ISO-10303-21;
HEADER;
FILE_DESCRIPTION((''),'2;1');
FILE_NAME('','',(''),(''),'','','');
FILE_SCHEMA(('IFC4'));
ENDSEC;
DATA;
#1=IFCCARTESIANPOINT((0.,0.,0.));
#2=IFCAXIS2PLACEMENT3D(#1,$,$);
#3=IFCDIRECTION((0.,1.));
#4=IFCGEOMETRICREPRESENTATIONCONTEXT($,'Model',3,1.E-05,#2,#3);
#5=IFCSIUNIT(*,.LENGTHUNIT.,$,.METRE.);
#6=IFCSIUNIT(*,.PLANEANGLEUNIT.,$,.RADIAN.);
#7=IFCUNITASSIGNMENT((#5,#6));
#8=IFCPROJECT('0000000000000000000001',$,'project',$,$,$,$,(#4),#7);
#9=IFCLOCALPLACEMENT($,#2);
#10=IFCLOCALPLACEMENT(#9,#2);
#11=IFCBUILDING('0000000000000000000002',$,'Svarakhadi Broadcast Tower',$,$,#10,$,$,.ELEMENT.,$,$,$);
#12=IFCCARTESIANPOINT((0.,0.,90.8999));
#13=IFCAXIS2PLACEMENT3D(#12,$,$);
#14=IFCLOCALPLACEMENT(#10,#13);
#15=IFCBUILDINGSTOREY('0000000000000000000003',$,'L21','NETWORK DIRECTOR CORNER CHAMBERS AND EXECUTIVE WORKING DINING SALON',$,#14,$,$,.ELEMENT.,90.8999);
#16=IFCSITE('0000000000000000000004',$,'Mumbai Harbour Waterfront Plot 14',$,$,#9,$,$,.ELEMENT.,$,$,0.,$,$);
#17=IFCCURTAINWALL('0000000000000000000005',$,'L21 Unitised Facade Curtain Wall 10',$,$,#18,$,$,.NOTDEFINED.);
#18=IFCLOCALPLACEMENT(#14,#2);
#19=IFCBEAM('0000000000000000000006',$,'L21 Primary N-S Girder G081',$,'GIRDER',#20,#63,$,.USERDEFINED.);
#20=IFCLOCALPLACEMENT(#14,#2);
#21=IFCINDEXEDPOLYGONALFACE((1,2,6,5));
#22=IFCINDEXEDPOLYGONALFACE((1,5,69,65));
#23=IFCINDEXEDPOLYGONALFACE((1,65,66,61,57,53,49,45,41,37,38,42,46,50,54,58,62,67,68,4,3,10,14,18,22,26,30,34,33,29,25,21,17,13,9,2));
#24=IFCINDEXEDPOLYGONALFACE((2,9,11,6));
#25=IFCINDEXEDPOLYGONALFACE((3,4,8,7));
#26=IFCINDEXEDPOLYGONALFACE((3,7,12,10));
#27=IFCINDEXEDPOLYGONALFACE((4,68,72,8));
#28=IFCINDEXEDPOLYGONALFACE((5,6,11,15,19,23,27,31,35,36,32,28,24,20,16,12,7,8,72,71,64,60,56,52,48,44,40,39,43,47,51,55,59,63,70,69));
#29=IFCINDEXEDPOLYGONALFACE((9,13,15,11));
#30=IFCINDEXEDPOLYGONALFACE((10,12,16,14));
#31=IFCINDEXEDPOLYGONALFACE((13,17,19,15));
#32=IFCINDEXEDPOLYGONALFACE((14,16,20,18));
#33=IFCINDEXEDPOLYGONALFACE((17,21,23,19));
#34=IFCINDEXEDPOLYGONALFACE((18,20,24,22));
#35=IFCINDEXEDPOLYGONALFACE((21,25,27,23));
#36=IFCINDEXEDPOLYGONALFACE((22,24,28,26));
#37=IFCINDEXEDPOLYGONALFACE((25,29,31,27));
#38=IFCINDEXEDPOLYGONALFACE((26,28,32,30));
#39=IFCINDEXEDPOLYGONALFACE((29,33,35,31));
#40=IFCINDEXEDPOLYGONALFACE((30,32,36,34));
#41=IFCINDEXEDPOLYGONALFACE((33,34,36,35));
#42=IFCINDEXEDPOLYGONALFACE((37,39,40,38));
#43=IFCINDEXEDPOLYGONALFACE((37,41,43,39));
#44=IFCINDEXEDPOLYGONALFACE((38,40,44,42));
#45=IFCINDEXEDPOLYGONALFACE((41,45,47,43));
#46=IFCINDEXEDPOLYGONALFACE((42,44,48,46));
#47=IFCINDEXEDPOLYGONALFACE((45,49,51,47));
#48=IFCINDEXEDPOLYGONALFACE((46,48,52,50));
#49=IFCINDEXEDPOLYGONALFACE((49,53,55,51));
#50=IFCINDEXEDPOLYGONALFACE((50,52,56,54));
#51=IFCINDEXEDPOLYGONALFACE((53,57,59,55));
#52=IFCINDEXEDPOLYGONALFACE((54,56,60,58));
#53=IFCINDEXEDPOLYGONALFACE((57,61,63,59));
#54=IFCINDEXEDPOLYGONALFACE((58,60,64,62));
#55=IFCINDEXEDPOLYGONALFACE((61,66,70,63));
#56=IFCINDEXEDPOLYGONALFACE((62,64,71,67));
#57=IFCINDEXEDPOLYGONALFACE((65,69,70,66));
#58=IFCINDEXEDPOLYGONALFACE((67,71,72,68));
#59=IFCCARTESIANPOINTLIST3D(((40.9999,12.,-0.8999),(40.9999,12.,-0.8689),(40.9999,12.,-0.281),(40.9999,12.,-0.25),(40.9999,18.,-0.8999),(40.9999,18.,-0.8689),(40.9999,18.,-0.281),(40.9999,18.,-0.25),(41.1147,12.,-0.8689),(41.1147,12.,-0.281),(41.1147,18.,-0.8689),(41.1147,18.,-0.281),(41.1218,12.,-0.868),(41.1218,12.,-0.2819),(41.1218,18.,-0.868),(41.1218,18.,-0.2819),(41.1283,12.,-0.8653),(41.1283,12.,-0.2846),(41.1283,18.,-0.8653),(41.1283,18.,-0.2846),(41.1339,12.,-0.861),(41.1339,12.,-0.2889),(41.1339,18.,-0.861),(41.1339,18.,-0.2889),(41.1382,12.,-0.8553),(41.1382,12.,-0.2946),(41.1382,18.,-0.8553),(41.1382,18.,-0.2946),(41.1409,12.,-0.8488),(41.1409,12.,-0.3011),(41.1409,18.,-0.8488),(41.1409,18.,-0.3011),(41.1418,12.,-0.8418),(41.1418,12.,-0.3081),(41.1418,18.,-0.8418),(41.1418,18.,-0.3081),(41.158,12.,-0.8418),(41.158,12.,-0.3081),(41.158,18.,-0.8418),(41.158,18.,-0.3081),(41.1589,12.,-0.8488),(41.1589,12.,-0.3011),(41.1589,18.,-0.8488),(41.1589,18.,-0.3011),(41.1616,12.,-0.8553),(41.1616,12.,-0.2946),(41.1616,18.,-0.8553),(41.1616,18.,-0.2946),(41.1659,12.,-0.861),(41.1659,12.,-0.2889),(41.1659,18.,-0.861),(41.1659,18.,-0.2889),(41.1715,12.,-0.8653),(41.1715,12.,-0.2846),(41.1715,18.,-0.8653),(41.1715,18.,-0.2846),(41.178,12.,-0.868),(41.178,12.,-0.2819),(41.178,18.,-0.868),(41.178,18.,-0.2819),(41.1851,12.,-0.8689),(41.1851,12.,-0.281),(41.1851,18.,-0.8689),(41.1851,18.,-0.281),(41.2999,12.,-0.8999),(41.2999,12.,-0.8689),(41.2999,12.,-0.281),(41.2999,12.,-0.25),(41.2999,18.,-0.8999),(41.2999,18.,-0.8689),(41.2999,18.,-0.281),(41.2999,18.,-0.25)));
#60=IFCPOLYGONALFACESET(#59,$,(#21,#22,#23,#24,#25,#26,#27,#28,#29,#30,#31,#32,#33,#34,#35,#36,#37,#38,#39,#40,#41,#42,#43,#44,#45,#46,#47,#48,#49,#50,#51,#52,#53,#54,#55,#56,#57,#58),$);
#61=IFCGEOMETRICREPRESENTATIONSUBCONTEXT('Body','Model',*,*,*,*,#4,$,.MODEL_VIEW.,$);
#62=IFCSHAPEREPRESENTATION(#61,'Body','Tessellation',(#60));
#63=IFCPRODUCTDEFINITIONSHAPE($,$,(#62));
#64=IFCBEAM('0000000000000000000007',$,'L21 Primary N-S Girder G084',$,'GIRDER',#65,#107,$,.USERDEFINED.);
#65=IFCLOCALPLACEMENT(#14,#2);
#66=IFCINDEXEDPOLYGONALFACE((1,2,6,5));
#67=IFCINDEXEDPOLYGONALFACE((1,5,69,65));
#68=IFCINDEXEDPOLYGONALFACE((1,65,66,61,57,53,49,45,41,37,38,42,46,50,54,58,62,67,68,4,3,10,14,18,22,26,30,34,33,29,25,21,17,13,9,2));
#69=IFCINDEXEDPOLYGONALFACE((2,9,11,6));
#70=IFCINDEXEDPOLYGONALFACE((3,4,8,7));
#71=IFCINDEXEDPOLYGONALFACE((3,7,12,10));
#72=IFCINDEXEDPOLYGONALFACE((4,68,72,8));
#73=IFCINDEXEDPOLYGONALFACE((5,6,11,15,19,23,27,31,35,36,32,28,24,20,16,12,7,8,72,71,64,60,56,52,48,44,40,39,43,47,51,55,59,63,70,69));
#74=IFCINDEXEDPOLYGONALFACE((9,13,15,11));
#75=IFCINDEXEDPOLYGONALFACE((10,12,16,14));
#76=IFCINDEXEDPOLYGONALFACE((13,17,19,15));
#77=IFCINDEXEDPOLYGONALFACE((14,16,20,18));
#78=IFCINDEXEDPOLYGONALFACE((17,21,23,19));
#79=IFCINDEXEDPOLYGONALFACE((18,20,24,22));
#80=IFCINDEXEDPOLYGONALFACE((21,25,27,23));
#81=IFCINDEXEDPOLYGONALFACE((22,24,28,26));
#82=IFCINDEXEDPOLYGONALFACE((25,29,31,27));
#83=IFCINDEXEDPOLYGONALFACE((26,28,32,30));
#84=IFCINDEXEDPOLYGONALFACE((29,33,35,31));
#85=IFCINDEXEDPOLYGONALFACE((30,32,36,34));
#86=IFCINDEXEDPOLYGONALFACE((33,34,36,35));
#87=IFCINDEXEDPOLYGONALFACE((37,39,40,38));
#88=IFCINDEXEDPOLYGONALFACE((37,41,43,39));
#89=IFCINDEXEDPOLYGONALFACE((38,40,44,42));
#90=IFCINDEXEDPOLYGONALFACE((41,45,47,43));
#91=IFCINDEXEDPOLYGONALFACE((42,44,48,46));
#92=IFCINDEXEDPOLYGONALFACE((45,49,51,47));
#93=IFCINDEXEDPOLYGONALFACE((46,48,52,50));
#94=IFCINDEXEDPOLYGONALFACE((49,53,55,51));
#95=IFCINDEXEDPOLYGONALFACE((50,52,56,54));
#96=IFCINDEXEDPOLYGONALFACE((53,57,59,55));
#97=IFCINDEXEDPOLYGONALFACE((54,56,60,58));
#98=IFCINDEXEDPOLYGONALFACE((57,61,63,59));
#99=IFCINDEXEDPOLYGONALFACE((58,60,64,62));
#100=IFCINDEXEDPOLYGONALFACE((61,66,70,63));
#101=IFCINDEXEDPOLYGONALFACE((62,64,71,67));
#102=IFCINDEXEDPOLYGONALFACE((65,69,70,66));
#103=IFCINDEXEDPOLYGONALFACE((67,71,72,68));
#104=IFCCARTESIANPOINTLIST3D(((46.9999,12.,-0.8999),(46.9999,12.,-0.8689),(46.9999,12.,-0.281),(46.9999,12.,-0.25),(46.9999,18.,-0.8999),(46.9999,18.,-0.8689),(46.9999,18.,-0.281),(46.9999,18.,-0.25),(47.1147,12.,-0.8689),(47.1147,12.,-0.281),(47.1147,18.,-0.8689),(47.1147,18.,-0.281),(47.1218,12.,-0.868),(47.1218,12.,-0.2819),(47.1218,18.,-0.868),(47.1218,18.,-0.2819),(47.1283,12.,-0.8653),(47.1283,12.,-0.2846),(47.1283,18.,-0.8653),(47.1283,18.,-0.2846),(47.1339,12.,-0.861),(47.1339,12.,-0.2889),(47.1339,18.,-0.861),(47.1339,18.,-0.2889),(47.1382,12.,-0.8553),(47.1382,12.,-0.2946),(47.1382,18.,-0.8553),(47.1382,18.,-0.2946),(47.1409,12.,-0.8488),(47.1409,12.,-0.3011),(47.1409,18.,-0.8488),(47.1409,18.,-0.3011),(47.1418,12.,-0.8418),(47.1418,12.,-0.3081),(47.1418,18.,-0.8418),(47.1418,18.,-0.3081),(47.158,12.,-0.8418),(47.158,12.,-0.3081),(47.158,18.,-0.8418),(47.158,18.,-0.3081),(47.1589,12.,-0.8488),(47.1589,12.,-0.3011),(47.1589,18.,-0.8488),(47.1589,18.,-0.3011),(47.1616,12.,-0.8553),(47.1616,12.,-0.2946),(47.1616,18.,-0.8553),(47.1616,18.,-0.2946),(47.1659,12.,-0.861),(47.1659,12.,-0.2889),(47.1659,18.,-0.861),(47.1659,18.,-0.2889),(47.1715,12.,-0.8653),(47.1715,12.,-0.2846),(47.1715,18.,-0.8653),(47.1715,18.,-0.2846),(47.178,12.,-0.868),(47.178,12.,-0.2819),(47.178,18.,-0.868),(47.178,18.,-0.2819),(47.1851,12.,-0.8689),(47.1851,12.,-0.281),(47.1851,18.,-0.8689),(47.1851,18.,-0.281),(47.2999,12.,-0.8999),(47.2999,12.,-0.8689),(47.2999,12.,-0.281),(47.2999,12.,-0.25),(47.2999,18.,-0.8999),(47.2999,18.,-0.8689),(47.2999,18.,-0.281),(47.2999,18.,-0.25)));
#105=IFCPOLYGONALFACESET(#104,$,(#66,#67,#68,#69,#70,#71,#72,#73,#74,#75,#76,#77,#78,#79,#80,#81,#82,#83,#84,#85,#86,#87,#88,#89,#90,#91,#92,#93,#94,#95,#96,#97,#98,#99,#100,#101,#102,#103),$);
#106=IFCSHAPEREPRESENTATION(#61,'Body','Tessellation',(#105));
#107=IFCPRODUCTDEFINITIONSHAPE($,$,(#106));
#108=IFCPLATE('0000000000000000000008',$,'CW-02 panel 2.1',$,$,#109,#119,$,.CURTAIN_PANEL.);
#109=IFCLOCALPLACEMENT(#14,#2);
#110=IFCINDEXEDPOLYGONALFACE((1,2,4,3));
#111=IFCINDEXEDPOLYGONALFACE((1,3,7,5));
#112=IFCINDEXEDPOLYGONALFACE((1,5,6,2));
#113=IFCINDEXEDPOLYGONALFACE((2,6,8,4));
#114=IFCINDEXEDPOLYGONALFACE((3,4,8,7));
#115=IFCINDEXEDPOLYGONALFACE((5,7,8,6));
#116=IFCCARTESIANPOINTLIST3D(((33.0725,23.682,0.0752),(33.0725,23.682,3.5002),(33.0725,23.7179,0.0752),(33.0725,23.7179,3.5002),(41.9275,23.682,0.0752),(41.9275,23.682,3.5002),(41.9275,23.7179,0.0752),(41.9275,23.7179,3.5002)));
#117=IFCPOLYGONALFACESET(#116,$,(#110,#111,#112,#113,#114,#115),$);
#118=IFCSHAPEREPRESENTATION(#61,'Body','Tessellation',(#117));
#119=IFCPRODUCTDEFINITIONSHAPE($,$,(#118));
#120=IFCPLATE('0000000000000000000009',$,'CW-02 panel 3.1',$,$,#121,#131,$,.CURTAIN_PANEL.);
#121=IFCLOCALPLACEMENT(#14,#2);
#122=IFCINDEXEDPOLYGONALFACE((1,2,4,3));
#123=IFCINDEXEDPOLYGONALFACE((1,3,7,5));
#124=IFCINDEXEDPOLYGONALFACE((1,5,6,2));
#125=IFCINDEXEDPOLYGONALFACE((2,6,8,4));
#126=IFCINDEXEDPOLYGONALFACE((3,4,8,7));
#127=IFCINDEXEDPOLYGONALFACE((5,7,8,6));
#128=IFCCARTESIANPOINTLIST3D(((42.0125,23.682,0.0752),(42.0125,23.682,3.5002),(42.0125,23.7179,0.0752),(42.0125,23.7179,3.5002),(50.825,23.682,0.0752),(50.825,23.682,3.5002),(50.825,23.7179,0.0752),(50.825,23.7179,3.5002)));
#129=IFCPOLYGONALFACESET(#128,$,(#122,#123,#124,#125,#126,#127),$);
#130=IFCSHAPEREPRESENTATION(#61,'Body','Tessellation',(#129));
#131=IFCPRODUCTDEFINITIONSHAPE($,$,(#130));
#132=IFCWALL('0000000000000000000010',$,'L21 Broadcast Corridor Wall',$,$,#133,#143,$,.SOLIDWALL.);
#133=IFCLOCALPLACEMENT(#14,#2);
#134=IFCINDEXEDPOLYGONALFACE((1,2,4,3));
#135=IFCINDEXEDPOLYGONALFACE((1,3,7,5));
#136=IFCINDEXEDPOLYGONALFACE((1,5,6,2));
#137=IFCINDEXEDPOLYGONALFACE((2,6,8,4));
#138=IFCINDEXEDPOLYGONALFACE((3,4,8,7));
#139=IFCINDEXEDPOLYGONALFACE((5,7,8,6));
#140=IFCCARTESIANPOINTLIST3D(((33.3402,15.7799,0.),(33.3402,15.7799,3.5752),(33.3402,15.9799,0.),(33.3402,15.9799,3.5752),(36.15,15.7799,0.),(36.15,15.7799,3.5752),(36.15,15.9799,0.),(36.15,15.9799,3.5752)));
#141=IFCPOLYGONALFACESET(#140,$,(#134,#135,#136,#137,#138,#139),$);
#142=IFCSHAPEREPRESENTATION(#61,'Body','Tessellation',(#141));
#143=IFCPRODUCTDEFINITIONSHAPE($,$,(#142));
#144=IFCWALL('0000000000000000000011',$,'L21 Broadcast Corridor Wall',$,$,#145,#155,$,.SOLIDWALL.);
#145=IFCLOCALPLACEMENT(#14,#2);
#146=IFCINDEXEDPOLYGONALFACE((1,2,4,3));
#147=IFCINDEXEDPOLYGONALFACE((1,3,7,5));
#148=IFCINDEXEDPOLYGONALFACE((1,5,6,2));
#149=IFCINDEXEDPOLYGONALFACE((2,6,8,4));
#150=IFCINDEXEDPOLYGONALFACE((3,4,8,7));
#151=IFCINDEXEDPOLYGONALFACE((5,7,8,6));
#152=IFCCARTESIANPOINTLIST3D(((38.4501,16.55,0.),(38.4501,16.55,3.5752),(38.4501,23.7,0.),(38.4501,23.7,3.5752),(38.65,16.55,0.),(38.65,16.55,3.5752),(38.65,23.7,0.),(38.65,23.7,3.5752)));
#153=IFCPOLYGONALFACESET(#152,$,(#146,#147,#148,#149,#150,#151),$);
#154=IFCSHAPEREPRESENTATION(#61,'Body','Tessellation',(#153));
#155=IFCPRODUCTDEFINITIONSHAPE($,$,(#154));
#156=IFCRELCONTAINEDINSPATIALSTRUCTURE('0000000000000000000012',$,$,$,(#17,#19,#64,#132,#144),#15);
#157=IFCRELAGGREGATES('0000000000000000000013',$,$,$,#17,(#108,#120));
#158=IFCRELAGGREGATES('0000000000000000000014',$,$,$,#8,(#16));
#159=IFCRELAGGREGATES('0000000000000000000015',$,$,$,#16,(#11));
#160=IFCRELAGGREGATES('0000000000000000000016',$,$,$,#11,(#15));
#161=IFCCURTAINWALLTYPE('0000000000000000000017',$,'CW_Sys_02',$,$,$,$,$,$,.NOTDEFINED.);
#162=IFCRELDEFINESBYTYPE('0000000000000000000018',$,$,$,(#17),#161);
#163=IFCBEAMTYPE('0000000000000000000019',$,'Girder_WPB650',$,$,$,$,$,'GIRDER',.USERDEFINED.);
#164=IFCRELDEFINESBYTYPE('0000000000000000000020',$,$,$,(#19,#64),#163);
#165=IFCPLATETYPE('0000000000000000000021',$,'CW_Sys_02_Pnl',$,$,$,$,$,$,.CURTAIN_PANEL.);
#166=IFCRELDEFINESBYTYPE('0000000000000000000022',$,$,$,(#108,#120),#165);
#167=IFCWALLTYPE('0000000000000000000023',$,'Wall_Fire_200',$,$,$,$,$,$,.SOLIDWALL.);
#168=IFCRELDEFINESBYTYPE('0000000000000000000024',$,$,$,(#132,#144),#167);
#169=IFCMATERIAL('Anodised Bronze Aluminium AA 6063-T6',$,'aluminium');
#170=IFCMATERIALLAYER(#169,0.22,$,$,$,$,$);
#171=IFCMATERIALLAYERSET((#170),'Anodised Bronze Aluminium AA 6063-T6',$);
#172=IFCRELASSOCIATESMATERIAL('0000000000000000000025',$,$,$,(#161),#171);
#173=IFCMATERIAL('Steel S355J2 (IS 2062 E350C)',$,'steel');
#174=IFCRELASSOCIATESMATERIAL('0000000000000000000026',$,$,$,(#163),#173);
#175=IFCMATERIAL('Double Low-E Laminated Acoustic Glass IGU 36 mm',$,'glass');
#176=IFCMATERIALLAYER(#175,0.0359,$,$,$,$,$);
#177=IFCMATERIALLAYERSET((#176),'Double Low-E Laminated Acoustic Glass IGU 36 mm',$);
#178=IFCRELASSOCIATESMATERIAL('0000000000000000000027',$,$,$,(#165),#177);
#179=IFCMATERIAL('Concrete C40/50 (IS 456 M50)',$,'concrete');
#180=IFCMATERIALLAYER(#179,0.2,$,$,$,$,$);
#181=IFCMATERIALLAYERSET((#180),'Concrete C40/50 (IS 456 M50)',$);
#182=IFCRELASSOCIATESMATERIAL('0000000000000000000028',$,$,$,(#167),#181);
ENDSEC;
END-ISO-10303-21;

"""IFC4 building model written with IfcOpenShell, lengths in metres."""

from ifc_helpers import new_model, si_unit, direction, frame, frame_2d, origin, origin_2d, place, context, subcontext, project, spatial, rectangle, i_section, extrude, material, layer, layer_set, material_profile, profile_set, type_object, element, aggregate, save


model = new_model("IFC4")

# Units and contexts
model_context = context("Model", 3, precision=1e-05, world=origin(), true_north=direction((0.0, 1.0)))
body_context = subcontext(model_context, "Body", "Model", "MODEL_VIEW")
ifc_project = project(units=[si_unit("LENGTHUNIT", "METRE"), si_unit("PLANEANGLEUNIT", "RADIAN")], contexts=[model_context])

# Site, building, storey
site_placement = place(None, origin())
site = spatial("IfcSite", under=ifc_project, at=site_placement, Name="Mumbai Harbour Waterfront Plot 14", CompositionType="ELEMENT", RefElevation=0.0)
building_placement = place(site_placement, origin())
building = spatial("IfcBuilding", under=site, at=building_placement, Name="Svarakhadi Broadcast Tower", CompositionType="ELEMENT")
storey_placement = place(building_placement, frame((0.0, 0.0, 90.8999)))
storey = spatial("IfcBuildingStorey", under=building, at=storey_placement, Name="L21", Description="NETWORK DIRECTOR CORNER CHAMBERS AND EXECUTIVE WORKING DINING SALON", CompositionType="ELEMENT", Elevation=90.8999)

# Shared definitions
ifc_material_1 = material(Name="Steel S355J2 (IS 2062 E350C)", Category="steel")

# Curtain wall
ifc_material_2 = material(Name="Anodised Bronze Aluminium AA 6063-T6", Category="aluminium")
ifc_layer_1 = layer(ifc_material_2, 0.22)
ifc_layer_set_1 = layer_set([ifc_layer_1], Name="Anodised Bronze Aluminium AA 6063-T6")
curtain_wall_type = type_object("IfcCurtainWallType", Name="CW_Sys_02", PredefinedType="NOTDEFINED", material=ifc_layer_set_1)
curtain_wall_1_placement = place(storey_placement, origin())
curtain_wall_1 = element("IfcCurtainWall", 1, at=curtain_wall_1_placement, inside=storey, type_object=curtain_wall_type, Name="L21 Unitised Facade Curtain Wall 10", PredefinedType="NOTDEFINED")

# Beams
ifc_material_profile_1 = material_profile(ifc_material_1, i_section(OverallWidth=0.3, OverallDepth=0.6499, WebThickness=0.0161, FlangeThickness=0.031, FilletRadius=0.0271, at=origin_2d()), Name="WPB 650x300x225")
ifc_profile_set_1 = profile_set([ifc_material_profile_1], Name="Steel S355J2 (IS 2062 E350C)")
beam_type_1 = type_object("IfcBeamType", Name="Girder_WPB650", ElementType="GIRDER", PredefinedType="USERDEFINED", material=ifc_profile_set_1)
for number, where, z_axis, x_axis, name in (
    (2, (41.1499, 12.0, -0.575), (0.0, 1.0, 0.0), (-1.0, 0.0, 0.0), "L21 Primary N-S Girder G081"),
    (3, (47.1499, 12.0, -0.575), (0.0, 1.0, 0.0), (-1.0, 0.0, 0.0), "L21 Primary N-S Girder G084"),
):
    element("IfcBeam", number, at=place(storey_placement, frame(where, z_axis=z_axis, x_axis=x_axis)), inside=storey, type_object=beam_type_1, Name=name, ObjectType="GIRDER", PredefinedType="USERDEFINED", context=body_context, shape_type="SweptSolid", body=[
        extrude(i_section(OverallWidth=0.3, OverallDepth=0.6499, WebThickness=0.0161, FlangeThickness=0.031, FilletRadius=0.0271, at=origin_2d()), origin(), (0.0, 0.0, 1.0), 6.0),
    ])

# Plates
ifc_material_3 = material(Name="Double Low-E Laminated Acoustic Glass IGU 36 mm", Category="glass")
ifc_layer_2 = layer(ifc_material_3, 0.0359)
ifc_layer_set_2 = layer_set([ifc_layer_2], Name="Double Low-E Laminated Acoustic Glass IGU 36 mm")
plate_type = type_object("IfcPlateType", Name="CW_Sys_02_Pnl", PredefinedType="CURTAIN_PANEL", material=ifc_layer_set_2)
plate_1_placement = place(storey_placement, frame((37.5, 23.7, 0.0752), z_axis=(0.0, 0.0, 1.0), x_axis=(1.0, 0.0, 0.0)))
plate_1 = element("IfcPlate", 4, at=plate_1_placement, type_object=plate_type, Name="CW-02 panel 2.1", PredefinedType="CURTAIN_PANEL", context=body_context, shape_type="SweptSolid", body=[
    extrude(rectangle(XDim=8.855, YDim=0.0359, at=origin_2d()), origin(), (0.0, 0.0, 1.0), 3.425),
])
plate_2_placement = place(storey_placement, frame((46.4187, 23.7, 0.0752), z_axis=(0.0, 0.0, 1.0), x_axis=(1.0, 0.0, 0.0)))
plate_2 = element("IfcPlate", 5, at=plate_2_placement, type_object=plate_type, Name="CW-02 panel 3.1", PredefinedType="CURTAIN_PANEL", context=body_context, shape_type="SweptSolid", body=[
    extrude(rectangle(XDim=8.8125, YDim=0.0359, at=origin_2d()), origin(), (0.0, 0.0, 1.0), 3.425),
])
aggregate(curtain_wall_1, [plate_1, plate_2])

# Walls
ifc_material_4 = material(Name="Concrete C40/50 (IS 456 M50)", Category="concrete")
ifc_layer_3 = layer(ifc_material_4, 0.2)
ifc_layer_set_3 = layer_set([ifc_layer_3], Name="Concrete C40/50 (IS 456 M50)")
wall_type_1 = type_object("IfcWallType", Name="Wall_Fire_200", PredefinedType="SOLIDWALL", material=ifc_layer_set_3)
wall_1_placement = place(storey_placement, frame((36.1499, 15.8799, 0.0), z_axis=(0.0, 0.0, 1.0), x_axis=(-1.0, 0.0, 0.0)))
element("IfcWall", 6, at=wall_1_placement, inside=storey, type_object=wall_type_1, Name="L21 Broadcast Corridor Wall", PredefinedType="SOLIDWALL", context=body_context, shape_type="SweptSolid", body=[
    extrude(rectangle(XDim=2.8098, YDim=0.2, at=frame_2d((1.4048, 0.0))), origin(), (0.0, 0.0, 1.0), 3.5752),
])
wall_2_placement = place(storey_placement, frame((38.55, 23.7, 0.0), z_axis=(0.0, 0.0, 1.0), x_axis=(0.0, -1.0, 0.0)))
element("IfcWall", 7, at=wall_2_placement, inside=storey, type_object=wall_type_1, Name="L21 Broadcast Corridor Wall", PredefinedType="SOLIDWALL", context=body_context, shape_type="SweptSolid", body=[
    extrude(rectangle(XDim=7.1499, YDim=0.2, at=frame_2d((3.575, 0.0))), origin(), (0.0, 0.0, 1.0), 3.5752),
])

save(model, "model.ifc")
